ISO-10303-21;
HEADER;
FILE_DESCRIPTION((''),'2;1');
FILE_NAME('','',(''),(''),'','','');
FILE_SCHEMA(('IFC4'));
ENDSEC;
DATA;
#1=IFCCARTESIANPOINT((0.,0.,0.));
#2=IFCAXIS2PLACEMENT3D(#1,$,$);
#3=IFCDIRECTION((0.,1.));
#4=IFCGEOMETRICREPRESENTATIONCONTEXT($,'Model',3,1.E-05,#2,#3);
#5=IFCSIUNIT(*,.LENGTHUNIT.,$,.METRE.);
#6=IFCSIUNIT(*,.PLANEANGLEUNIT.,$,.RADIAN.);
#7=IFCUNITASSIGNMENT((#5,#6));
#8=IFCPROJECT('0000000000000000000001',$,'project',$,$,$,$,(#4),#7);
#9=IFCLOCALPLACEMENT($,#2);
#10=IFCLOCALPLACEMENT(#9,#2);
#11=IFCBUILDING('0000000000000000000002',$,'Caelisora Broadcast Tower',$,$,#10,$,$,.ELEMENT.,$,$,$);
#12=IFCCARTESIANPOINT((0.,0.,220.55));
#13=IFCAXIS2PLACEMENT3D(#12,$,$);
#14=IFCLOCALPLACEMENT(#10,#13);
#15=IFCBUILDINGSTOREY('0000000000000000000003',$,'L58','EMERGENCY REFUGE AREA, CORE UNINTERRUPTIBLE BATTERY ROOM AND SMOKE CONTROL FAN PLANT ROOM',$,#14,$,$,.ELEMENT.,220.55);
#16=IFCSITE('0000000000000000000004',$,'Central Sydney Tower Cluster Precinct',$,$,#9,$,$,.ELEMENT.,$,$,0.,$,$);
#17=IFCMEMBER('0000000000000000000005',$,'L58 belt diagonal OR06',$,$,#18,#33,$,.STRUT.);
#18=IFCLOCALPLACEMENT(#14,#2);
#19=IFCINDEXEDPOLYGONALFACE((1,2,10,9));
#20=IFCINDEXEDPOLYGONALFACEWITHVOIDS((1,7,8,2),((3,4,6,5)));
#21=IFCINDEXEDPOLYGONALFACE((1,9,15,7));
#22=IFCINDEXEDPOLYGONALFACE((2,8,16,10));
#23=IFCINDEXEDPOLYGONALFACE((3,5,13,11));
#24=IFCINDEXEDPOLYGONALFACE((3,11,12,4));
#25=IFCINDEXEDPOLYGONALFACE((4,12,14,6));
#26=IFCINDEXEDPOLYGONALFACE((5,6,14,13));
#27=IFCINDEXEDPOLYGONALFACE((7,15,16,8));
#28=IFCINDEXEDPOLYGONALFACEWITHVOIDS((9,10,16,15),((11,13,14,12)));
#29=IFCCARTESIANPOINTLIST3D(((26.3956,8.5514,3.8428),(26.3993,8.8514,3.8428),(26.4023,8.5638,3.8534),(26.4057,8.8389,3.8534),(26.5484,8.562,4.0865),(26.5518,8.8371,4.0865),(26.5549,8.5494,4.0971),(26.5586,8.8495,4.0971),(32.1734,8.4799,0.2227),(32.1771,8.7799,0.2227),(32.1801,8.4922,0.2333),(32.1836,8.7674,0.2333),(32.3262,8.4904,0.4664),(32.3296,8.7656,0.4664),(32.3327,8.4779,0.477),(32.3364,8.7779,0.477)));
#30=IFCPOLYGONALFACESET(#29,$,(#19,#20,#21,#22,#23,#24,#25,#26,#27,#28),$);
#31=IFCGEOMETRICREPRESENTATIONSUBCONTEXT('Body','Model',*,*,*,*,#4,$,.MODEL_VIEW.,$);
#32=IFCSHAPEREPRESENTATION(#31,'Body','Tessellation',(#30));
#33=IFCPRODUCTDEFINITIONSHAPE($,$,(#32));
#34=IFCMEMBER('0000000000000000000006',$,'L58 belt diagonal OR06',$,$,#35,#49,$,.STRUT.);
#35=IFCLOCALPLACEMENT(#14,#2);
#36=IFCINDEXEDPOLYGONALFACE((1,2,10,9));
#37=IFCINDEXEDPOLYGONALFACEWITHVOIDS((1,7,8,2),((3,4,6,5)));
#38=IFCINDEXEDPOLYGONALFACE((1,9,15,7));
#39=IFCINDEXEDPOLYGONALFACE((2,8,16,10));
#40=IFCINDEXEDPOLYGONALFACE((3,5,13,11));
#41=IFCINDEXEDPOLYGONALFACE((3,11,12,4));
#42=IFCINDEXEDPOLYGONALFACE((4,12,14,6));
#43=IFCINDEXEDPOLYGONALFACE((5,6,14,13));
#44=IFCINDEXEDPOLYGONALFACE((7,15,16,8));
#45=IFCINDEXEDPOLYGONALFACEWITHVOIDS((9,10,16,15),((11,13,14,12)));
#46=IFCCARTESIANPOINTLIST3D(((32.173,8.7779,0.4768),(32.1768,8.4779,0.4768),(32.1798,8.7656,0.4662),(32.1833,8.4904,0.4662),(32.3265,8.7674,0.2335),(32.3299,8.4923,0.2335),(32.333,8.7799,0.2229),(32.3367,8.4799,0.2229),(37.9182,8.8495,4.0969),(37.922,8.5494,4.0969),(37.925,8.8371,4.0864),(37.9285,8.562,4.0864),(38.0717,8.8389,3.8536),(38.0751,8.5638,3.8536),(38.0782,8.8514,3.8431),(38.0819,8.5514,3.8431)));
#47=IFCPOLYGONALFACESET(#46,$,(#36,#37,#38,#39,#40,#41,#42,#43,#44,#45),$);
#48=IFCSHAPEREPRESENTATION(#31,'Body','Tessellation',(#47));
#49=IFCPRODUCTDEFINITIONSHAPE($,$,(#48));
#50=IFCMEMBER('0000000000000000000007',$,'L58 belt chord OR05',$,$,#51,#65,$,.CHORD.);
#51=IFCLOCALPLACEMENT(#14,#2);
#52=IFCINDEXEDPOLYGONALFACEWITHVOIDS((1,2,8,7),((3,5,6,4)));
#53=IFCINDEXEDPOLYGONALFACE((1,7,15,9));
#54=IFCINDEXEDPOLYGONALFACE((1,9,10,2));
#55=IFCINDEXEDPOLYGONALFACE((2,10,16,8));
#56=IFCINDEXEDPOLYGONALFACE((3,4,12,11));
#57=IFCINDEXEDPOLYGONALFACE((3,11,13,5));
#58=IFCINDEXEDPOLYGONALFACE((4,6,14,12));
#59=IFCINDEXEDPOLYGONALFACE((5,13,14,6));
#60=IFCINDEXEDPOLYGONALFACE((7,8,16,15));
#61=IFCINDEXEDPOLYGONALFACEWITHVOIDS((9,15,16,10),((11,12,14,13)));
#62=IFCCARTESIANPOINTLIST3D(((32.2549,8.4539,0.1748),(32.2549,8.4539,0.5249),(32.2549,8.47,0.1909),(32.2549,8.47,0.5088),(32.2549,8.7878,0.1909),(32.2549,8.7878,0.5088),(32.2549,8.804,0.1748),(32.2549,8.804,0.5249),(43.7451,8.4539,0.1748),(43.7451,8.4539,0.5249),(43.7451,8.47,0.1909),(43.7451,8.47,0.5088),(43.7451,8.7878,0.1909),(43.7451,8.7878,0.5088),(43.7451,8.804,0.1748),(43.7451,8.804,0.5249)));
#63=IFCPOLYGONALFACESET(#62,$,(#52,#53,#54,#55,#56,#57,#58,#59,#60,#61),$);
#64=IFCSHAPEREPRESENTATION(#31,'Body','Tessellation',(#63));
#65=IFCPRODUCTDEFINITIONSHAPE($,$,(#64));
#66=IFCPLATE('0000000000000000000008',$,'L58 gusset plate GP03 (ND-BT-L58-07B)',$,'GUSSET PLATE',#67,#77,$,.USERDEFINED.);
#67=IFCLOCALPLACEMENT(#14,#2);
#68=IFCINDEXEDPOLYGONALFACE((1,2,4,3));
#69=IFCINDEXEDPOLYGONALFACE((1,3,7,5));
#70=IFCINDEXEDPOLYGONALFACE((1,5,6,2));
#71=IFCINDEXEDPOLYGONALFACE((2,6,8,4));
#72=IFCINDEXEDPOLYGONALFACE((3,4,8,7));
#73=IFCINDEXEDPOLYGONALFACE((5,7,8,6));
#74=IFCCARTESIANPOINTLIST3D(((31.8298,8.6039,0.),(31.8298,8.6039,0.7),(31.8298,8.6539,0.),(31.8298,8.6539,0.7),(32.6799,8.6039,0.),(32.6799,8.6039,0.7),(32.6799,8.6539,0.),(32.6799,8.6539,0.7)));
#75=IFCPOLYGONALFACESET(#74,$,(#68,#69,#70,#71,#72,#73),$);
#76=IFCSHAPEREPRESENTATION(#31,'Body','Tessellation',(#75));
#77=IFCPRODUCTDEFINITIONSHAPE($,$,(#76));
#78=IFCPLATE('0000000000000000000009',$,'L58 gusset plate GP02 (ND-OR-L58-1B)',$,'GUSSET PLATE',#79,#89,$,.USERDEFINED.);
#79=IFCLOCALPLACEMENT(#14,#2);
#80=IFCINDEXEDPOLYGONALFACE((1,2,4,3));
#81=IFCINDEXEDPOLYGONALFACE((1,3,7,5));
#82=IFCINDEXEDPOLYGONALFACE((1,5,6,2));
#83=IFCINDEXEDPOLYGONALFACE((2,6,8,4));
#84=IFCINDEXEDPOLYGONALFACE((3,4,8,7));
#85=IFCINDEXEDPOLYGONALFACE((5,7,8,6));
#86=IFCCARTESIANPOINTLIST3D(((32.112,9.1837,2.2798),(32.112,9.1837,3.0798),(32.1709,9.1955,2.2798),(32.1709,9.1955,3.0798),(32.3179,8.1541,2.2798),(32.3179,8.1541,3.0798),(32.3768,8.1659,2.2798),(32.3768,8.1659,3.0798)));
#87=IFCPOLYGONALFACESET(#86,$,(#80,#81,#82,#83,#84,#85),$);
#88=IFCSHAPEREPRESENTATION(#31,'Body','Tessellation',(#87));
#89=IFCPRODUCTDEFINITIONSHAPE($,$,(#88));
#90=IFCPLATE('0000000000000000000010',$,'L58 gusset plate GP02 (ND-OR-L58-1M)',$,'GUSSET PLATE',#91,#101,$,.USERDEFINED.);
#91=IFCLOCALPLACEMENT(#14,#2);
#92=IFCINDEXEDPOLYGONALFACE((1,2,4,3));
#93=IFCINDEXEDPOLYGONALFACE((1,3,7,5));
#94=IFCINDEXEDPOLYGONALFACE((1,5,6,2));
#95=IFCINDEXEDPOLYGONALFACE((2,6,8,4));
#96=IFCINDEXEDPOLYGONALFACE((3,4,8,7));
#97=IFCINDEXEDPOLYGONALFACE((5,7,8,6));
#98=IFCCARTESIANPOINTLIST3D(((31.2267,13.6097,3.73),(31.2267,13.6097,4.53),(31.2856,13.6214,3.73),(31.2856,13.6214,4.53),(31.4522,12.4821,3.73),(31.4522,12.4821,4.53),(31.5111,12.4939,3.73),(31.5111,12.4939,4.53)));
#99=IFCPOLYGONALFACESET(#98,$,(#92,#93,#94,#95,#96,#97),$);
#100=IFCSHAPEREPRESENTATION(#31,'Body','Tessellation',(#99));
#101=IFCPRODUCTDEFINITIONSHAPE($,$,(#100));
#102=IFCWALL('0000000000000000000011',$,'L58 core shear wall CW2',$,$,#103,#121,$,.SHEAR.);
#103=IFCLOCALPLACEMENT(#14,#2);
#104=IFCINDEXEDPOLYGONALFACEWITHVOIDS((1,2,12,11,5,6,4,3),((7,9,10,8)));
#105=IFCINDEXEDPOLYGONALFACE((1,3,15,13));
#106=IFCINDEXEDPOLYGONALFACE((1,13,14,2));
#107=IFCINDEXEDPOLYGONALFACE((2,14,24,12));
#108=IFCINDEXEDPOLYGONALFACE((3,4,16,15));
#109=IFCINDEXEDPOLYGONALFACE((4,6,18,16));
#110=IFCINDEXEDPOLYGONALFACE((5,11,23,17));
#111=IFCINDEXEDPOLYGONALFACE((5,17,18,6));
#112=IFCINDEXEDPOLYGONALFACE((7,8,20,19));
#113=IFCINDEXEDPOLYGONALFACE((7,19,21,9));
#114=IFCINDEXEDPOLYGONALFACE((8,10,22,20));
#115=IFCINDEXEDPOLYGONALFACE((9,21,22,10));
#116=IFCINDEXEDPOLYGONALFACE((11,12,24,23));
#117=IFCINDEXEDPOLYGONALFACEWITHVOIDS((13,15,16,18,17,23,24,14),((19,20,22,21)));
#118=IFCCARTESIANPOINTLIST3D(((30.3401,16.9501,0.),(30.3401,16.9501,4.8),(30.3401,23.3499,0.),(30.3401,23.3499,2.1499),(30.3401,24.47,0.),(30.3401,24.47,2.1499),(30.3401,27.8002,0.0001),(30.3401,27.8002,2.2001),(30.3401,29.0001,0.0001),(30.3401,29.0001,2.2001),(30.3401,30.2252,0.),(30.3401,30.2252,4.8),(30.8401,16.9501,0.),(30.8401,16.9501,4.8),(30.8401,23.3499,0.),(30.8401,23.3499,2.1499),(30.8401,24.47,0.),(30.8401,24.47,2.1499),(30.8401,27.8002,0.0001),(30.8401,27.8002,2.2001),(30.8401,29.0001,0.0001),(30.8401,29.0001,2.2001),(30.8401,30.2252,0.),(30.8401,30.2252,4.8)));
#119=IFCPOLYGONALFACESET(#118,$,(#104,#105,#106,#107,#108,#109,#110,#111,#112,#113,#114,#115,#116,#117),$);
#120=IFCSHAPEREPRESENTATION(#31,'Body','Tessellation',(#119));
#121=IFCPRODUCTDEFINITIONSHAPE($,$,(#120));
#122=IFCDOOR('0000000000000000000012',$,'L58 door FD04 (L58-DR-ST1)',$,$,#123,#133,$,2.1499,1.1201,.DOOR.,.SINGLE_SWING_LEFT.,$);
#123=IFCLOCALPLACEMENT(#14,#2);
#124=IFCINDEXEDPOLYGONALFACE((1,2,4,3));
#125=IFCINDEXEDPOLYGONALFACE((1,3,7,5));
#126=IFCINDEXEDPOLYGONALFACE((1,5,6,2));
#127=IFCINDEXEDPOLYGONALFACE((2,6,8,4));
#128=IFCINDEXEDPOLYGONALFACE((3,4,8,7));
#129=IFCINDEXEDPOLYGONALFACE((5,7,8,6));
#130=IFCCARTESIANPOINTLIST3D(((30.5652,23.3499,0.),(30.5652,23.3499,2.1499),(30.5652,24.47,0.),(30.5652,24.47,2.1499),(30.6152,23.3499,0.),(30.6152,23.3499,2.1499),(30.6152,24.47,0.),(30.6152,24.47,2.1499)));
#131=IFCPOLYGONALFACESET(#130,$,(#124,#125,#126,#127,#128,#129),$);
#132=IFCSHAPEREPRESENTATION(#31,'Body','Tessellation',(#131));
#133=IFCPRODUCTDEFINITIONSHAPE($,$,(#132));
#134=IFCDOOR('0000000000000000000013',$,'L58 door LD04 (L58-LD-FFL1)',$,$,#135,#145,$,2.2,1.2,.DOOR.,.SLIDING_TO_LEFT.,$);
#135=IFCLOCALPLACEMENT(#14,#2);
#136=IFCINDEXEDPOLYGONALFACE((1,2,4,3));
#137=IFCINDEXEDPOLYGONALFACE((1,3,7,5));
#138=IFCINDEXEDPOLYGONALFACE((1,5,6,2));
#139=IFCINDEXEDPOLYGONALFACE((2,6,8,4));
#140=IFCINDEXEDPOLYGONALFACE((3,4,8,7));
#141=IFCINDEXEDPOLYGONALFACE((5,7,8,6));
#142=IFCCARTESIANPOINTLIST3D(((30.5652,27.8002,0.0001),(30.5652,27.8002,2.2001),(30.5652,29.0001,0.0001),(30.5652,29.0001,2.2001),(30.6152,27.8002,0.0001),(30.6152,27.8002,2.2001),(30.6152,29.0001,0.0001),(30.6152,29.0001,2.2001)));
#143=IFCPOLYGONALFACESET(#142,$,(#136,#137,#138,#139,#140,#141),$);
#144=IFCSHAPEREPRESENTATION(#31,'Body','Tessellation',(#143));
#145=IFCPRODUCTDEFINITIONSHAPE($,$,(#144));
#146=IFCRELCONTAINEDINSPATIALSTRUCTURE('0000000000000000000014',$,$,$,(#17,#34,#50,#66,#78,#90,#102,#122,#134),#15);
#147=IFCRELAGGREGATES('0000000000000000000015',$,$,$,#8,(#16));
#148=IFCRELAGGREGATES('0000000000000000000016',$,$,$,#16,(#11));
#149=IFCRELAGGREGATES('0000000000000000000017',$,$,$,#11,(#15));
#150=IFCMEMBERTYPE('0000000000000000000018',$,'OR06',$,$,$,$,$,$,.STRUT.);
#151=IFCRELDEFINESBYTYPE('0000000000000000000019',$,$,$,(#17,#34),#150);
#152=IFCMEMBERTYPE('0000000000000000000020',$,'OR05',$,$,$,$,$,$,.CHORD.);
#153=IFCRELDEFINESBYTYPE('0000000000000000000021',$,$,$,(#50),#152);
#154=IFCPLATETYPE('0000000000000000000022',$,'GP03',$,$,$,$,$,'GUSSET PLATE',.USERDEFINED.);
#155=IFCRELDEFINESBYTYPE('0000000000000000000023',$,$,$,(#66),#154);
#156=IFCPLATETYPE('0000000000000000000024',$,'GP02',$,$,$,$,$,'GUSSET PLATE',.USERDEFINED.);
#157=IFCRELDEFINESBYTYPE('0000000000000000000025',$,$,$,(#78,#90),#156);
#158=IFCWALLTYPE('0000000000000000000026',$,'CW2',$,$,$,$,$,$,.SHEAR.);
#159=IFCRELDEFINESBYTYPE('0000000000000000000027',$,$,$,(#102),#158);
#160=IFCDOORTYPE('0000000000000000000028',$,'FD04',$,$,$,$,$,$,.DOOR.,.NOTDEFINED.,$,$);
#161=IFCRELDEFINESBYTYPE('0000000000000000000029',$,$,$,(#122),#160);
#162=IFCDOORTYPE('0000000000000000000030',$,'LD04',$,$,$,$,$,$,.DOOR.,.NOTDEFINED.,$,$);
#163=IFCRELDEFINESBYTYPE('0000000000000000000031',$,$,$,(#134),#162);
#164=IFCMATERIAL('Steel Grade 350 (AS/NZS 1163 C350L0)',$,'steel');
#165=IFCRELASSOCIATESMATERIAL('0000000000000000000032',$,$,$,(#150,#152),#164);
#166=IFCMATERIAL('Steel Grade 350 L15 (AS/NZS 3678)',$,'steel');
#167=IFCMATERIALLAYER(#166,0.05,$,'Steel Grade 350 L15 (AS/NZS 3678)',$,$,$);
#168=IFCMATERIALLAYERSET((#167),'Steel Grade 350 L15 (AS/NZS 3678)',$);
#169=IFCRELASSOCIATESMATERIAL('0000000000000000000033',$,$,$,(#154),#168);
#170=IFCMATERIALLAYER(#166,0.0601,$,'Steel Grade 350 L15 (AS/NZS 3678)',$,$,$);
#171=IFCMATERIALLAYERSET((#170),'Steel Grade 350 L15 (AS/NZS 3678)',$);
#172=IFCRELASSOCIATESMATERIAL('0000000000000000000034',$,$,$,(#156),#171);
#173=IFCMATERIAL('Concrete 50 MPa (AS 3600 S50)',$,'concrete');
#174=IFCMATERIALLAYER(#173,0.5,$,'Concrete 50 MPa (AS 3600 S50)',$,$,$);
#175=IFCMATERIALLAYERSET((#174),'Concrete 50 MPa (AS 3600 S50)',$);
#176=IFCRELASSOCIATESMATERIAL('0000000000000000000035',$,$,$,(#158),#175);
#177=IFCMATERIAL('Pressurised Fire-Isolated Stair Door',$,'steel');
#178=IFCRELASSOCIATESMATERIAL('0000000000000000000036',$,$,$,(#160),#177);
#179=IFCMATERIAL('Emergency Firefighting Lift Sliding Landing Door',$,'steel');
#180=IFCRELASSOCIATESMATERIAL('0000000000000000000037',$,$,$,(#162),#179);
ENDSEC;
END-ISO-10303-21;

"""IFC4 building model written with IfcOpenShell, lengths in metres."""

from ifc_helpers import new_model, si_unit, direction, frame, frame_2d, origin, origin_2d, place, context, subcontext, project, spatial, rectangle, hollow_rectangle, extrude, source, transform, mapped, material, layer, layer_set, material_profile, profile_set, type_object, type_shapes, element, fill, save


model = new_model("IFC4")

# Units and contexts
model_context = context("Model", 3, precision=1e-05, world=origin(), true_north=direction((0.0, 1.0)))
body_context = subcontext(model_context, "Body", "Model", "MODEL_VIEW")
ifc_project = project(units=[si_unit("LENGTHUNIT", "METRE"), si_unit("PLANEANGLEUNIT", "RADIAN")], contexts=[model_context])

# Site, building, storey
site_placement = place(None, origin())
site = spatial("IfcSite", under=ifc_project, at=site_placement, Name="Central Sydney Tower Cluster Precinct", CompositionType="ELEMENT", RefElevation=0.0)
building_placement = place(site_placement, origin())
building = spatial("IfcBuilding", under=site, at=building_placement, Name="Caelisora Broadcast Tower", CompositionType="ELEMENT")
storey_placement = place(building_placement, frame((0.0, 0.0, 220.55)))
storey = spatial("IfcBuildingStorey", under=building, at=storey_placement, Name="L58", Description="EMERGENCY REFUGE AREA, CORE UNINTERRUPTIBLE BATTERY ROOM AND SMOKE CONTROL FAN PLANT ROOM", CompositionType="ELEMENT", Elevation=220.55)

# Shared definitions
ifc_material_1 = material(Name="Steel Grade 350 L15 (AS/NZS 3678)", Category="steel")

# Members
ifc_material_2 = material(Name="Steel Grade 350 (AS/NZS 1163 C350L0)", Category="steel")
ifc_material_profile_1 = material_profile(ifc_material_2, hollow_rectangle(XDim=0.3, YDim=0.3, WallThickness=0.0125, at=origin_2d()), Name="Steel Grade 350 (AS/NZS 1163 C350L0)")
ifc_profile_set_1 = profile_set([ifc_material_profile_1], Name="Steel Grade 350 (AS/NZS 1163 C350L0)")
member_type_1 = type_object("IfcMemberType", Name="OR06", PredefinedType="STRUT", material=ifc_profile_set_1)
shared_shape_1 = source(origin(), body_context, "Body", "SweptSolid", [
    extrude(hollow_rectangle(XDim=0.3, YDim=0.3, WallThickness=0.0125, at=origin_2d()), origin(), (0.0, 0.0, 1.0), 6.8186),
])
member_1_placement = place(storey_placement, frame((32.2549, 8.6289, 0.3499), z_axis=(-0.84736, 0.010491, 0.530916), x_axis=(-0.01238, -0.999923, 0.0)))
element("IfcMember", 1, at=member_1_placement, inside=storey, type_object=member_type_1, Name="L58 belt diagonal OR06", PredefinedType="STRUT", context=body_context, shape_type="MappedRepresentation", body=[
    mapped(shared_shape_1, transform((0.0, 0.0, 0.0), scale=1.0)),
])
shared_shape_2 = source(origin(), body_context, "Body", "SweptSolid", [
    extrude(hollow_rectangle(XDim=0.3, YDim=0.3, WallThickness=0.0125, at=origin_2d()), origin(), (0.0, 0.0, 1.0), 6.791),
])
member_2_placement = place(storey_placement, frame((32.2549, 8.6289, 0.3499), z_axis=(0.845999, 0.010534, 0.533081), x_axis=(-0.01245, 0.999922, 0.0)))
element("IfcMember", 2, at=member_2_placement, inside=storey, type_object=member_type_1, Name="L58 belt diagonal OR06", PredefinedType="STRUT", context=body_context, shape_type="MappedRepresentation", body=[
    mapped(shared_shape_2, transform((0.0, 0.0, 0.0), scale=1.0)),
])
ifc_material_profile_2 = material_profile(ifc_material_2, hollow_rectangle(XDim=0.3501, YDim=0.3501, WallThickness=0.0161, at=origin_2d()), Name="Steel Grade 350 (AS/NZS 1163 C350L0)")
ifc_profile_set_2 = profile_set([ifc_material_profile_2], Name="Steel Grade 350 (AS/NZS 1163 C350L0)")
member_type_2 = type_object("IfcMemberType", Name="OR05", PredefinedType="CHORD", material=ifc_profile_set_2)
shared_shape_3 = source(origin(), body_context, "Body", "SweptSolid", [
    extrude(hollow_rectangle(XDim=0.3501, YDim=0.3501, WallThickness=0.0161, at=origin_2d()), origin(), (0.0, 0.0, 1.0), 11.4902),
])
type_shapes(member_type_2, [shared_shape_3])
member_3_placement = place(storey_placement, frame((32.2549, 8.6289, 0.3499), z_axis=(1.0, 0.0, 0.0), x_axis=(0.0, 1.0, 0.0)))
element("IfcMember", 3, at=member_3_placement, inside=storey, type_object=member_type_2, Name="L58 belt chord OR05", PredefinedType="CHORD", context=body_context, shape_type="MappedRepresentation", body=[
    mapped(shared_shape_3, transform((0.0, 0.0, 0.0), scale=1.0)),
])

# Plates
ifc_layer_1 = layer(ifc_material_1, 0.05, Name="Steel Grade 350 L15 (AS/NZS 3678)")
ifc_layer_set_1 = layer_set([ifc_layer_1], Name="Steel Grade 350 L15 (AS/NZS 3678)")
plate_type_1 = type_object("IfcPlateType", Name="GP03", ElementType="GUSSET PLATE", PredefinedType="USERDEFINED", material=ifc_layer_set_1)
shared_shape_4 = source(origin(), body_context, "Body", "SweptSolid", [
    extrude(rectangle(XDim=0.8501, YDim=0.05, at=origin_2d()), origin(), (0.0, 0.0, 1.0), 0.7),
])
type_shapes(plate_type_1, [shared_shape_4])
plate_1_placement = place(storey_placement, frame((32.2549, 8.6289, 0.0), z_axis=(0.0, 0.0, 1.0), x_axis=(1.0, 0.0, 0.0)))
element("IfcPlate", 4, at=plate_1_placement, inside=storey, type_object=plate_type_1, Name="L58 gusset plate GP03 (ND-BT-L58-07B)", ObjectType="GUSSET PLATE", PredefinedType="USERDEFINED", context=body_context, shape_type="MappedRepresentation", body=[
    mapped(shared_shape_4, transform((0.0, 0.0, 0.0), scale=1.0)),
])
ifc_layer_2 = layer(ifc_material_1, 0.0601, Name="Steel Grade 350 L15 (AS/NZS 3678)")
ifc_layer_set_2 = layer_set([ifc_layer_2], Name="Steel Grade 350 L15 (AS/NZS 3678)")
plate_type_2 = type_object("IfcPlateType", Name="GP02", ElementType="GUSSET PLATE", PredefinedType="USERDEFINED", material=ifc_layer_set_2)
shared_shape_5 = source(origin(), body_context, "Body", "SweptSolid", [
    extrude(rectangle(XDim=1.05, YDim=0.0601, at=origin_2d()), origin(), (0.0, 0.0, 1.0), 0.8),
])
plate_2_placement = place(storey_placement, frame((32.2444, 8.6748, 2.2798), z_axis=(0.0, 0.0, 1.0), x_axis=(0.196117, -0.98058, 0.0)))
element("IfcPlate", 5, at=plate_2_placement, inside=storey, type_object=plate_type_2, Name="L58 gusset plate GP02 (ND-OR-L58-1B)", ObjectType="GUSSET PLATE", PredefinedType="USERDEFINED", context=body_context, shape_type="MappedRepresentation", body=[
    mapped(shared_shape_5, transform((0.0, 0.0, 0.0), scale=1.0)),
])
shared_shape_6 = source(origin(), body_context, "Body", "SweptSolid", [
    extrude(rectangle(XDim=1.1499, YDim=0.0601, at=origin_2d()), origin(), (0.0, 0.0, 1.0), 0.8),
])
type_shapes(plate_type_2, [shared_shape_5, shared_shape_6])
plate_3_placement = place(storey_placement, frame((31.3689, 13.0518, 3.73), z_axis=(0.0, 0.0, 1.0), x_axis=(0.196117, -0.98058, 0.0)))
element("IfcPlate", 6, at=plate_3_placement, inside=storey, type_object=plate_type_2, Name="L58 gusset plate GP02 (ND-OR-L58-1M)", ObjectType="GUSSET PLATE", PredefinedType="USERDEFINED", context=body_context, shape_type="MappedRepresentation", body=[
    mapped(shared_shape_6, transform((0.0, 0.0, 0.0), scale=1.0)),
])

# Wall, openings, doors
ifc_material_3 = material(Name="Concrete 50 MPa (AS 3600 S50)", Category="concrete")
ifc_layer_3 = layer(ifc_material_3, 0.5, Name="Concrete 50 MPa (AS 3600 S50)")
ifc_layer_set_3 = layer_set([ifc_layer_3], Name="Concrete 50 MPa (AS 3600 S50)")
wall_type_1 = type_object("IfcWallType", Name="CW2", PredefinedType="SHEAR", material=ifc_layer_set_3)
wall_1_placement = place(storey_placement, frame((30.5901, 16.95, 0.0), z_axis=(0.0, 0.0, 1.0), x_axis=(0.0, 1.0, 0.0)))
wall_1 = element("IfcWall", 7, at=wall_1_placement, inside=storey, type_object=wall_type_1, Name="L58 core shear wall CW2", PredefinedType="SHEAR", context=body_context, shape_type="SweptSolid", body=[
    extrude(rectangle(XDim=13.2751, YDim=0.5, at=frame_2d((6.6377, 0.0))), origin(), (0.0, 0.0, 1.0), 4.8),
])
opening_1_placement = place(wall_1_placement, frame((6.3999, 0.0, 0.0)))
opening_1 = element("IfcOpeningElement", 8, at=opening_1_placement, cuts=wall_1, PredefinedType="OPENING", context=body_context, shape_type="SweptSolid", body=[
    extrude(rectangle(XDim=1.1201, YDim=2.1499, at=frame_2d((0.5601, 1.075))), frame((0.0, 0.262, 0.0), z_axis=(0.0, -1.0, 0.0), x_axis=(1.0, 0.0, 0.0)), (0.0, 0.0, 1.0), 0.5239),
])
opening_2_placement = place(wall_1_placement, frame((10.8501, 0.0, 0.0)))
opening_2 = element("IfcOpeningElement", 9, at=opening_2_placement, cuts=wall_1, PredefinedType="OPENING", context=body_context, shape_type="SweptSolid", body=[
    extrude(rectangle(XDim=1.2, YDim=2.2, at=frame_2d((0.6001, 1.1001))), frame((0.0, 0.262, 0.0), z_axis=(0.0, -1.0, 0.0), x_axis=(1.0, 0.0, 0.0)), (0.0, 0.0, 1.0), 0.5239),
])
ifc_material_4 = material(Name="Pressurised Fire-Isolated Stair Door", Category="steel")
door_type_1 = type_object("IfcDoorType", Name="FD04", OperationType="NOTDEFINED", PredefinedType="DOOR", material=ifc_material_4)
door_1_placement = place(opening_1_placement, origin())
door_1 = element("IfcDoor", 10, at=door_1_placement, inside=storey, type_object=door_type_1, Name="L58 door FD04 (L58-DR-ST1)", OperationType="SINGLE_SWING_LEFT", OverallHeight=2.1499, OverallWidth=1.1201, PredefinedType="DOOR", context=body_context, shape_type="SweptSolid", body=[
    extrude(rectangle(XDim=1.1201, YDim=2.1499, at=frame_2d((0.5601, 1.075))), frame((0.0, 0.0249, 0.0), z_axis=(0.0, -1.0, 0.0), x_axis=(1.0, 0.0, 0.0)), (0.0, 0.0, 1.0), 0.05),
])
fill(opening_1, door_1)
ifc_material_5 = material(Name="Emergency Firefighting Lift Sliding Landing Door", Category="steel")
door_type_2 = type_object("IfcDoorType", Name="LD04", OperationType="NOTDEFINED", PredefinedType="DOOR", material=ifc_material_5)
door_2_placement = place(opening_2_placement, origin())
door_2 = element("IfcDoor", 11, at=door_2_placement, inside=storey, type_object=door_type_2, Name="L58 door LD04 (L58-LD-FFL1)", OperationType="SLIDING_TO_LEFT", OverallHeight=2.2, OverallWidth=1.2, PredefinedType="DOOR", context=body_context, shape_type="SweptSolid", body=[
    extrude(rectangle(XDim=1.2, YDim=2.2, at=frame_2d((0.6001, 1.1001))), frame((0.0, 0.0249, 0.0), z_axis=(0.0, -1.0, 0.0), x_axis=(1.0, 0.0, 0.0)), (0.0, 0.0, 1.0), 0.05),
])
fill(opening_2, door_2)

save(model, "model.ifc")
